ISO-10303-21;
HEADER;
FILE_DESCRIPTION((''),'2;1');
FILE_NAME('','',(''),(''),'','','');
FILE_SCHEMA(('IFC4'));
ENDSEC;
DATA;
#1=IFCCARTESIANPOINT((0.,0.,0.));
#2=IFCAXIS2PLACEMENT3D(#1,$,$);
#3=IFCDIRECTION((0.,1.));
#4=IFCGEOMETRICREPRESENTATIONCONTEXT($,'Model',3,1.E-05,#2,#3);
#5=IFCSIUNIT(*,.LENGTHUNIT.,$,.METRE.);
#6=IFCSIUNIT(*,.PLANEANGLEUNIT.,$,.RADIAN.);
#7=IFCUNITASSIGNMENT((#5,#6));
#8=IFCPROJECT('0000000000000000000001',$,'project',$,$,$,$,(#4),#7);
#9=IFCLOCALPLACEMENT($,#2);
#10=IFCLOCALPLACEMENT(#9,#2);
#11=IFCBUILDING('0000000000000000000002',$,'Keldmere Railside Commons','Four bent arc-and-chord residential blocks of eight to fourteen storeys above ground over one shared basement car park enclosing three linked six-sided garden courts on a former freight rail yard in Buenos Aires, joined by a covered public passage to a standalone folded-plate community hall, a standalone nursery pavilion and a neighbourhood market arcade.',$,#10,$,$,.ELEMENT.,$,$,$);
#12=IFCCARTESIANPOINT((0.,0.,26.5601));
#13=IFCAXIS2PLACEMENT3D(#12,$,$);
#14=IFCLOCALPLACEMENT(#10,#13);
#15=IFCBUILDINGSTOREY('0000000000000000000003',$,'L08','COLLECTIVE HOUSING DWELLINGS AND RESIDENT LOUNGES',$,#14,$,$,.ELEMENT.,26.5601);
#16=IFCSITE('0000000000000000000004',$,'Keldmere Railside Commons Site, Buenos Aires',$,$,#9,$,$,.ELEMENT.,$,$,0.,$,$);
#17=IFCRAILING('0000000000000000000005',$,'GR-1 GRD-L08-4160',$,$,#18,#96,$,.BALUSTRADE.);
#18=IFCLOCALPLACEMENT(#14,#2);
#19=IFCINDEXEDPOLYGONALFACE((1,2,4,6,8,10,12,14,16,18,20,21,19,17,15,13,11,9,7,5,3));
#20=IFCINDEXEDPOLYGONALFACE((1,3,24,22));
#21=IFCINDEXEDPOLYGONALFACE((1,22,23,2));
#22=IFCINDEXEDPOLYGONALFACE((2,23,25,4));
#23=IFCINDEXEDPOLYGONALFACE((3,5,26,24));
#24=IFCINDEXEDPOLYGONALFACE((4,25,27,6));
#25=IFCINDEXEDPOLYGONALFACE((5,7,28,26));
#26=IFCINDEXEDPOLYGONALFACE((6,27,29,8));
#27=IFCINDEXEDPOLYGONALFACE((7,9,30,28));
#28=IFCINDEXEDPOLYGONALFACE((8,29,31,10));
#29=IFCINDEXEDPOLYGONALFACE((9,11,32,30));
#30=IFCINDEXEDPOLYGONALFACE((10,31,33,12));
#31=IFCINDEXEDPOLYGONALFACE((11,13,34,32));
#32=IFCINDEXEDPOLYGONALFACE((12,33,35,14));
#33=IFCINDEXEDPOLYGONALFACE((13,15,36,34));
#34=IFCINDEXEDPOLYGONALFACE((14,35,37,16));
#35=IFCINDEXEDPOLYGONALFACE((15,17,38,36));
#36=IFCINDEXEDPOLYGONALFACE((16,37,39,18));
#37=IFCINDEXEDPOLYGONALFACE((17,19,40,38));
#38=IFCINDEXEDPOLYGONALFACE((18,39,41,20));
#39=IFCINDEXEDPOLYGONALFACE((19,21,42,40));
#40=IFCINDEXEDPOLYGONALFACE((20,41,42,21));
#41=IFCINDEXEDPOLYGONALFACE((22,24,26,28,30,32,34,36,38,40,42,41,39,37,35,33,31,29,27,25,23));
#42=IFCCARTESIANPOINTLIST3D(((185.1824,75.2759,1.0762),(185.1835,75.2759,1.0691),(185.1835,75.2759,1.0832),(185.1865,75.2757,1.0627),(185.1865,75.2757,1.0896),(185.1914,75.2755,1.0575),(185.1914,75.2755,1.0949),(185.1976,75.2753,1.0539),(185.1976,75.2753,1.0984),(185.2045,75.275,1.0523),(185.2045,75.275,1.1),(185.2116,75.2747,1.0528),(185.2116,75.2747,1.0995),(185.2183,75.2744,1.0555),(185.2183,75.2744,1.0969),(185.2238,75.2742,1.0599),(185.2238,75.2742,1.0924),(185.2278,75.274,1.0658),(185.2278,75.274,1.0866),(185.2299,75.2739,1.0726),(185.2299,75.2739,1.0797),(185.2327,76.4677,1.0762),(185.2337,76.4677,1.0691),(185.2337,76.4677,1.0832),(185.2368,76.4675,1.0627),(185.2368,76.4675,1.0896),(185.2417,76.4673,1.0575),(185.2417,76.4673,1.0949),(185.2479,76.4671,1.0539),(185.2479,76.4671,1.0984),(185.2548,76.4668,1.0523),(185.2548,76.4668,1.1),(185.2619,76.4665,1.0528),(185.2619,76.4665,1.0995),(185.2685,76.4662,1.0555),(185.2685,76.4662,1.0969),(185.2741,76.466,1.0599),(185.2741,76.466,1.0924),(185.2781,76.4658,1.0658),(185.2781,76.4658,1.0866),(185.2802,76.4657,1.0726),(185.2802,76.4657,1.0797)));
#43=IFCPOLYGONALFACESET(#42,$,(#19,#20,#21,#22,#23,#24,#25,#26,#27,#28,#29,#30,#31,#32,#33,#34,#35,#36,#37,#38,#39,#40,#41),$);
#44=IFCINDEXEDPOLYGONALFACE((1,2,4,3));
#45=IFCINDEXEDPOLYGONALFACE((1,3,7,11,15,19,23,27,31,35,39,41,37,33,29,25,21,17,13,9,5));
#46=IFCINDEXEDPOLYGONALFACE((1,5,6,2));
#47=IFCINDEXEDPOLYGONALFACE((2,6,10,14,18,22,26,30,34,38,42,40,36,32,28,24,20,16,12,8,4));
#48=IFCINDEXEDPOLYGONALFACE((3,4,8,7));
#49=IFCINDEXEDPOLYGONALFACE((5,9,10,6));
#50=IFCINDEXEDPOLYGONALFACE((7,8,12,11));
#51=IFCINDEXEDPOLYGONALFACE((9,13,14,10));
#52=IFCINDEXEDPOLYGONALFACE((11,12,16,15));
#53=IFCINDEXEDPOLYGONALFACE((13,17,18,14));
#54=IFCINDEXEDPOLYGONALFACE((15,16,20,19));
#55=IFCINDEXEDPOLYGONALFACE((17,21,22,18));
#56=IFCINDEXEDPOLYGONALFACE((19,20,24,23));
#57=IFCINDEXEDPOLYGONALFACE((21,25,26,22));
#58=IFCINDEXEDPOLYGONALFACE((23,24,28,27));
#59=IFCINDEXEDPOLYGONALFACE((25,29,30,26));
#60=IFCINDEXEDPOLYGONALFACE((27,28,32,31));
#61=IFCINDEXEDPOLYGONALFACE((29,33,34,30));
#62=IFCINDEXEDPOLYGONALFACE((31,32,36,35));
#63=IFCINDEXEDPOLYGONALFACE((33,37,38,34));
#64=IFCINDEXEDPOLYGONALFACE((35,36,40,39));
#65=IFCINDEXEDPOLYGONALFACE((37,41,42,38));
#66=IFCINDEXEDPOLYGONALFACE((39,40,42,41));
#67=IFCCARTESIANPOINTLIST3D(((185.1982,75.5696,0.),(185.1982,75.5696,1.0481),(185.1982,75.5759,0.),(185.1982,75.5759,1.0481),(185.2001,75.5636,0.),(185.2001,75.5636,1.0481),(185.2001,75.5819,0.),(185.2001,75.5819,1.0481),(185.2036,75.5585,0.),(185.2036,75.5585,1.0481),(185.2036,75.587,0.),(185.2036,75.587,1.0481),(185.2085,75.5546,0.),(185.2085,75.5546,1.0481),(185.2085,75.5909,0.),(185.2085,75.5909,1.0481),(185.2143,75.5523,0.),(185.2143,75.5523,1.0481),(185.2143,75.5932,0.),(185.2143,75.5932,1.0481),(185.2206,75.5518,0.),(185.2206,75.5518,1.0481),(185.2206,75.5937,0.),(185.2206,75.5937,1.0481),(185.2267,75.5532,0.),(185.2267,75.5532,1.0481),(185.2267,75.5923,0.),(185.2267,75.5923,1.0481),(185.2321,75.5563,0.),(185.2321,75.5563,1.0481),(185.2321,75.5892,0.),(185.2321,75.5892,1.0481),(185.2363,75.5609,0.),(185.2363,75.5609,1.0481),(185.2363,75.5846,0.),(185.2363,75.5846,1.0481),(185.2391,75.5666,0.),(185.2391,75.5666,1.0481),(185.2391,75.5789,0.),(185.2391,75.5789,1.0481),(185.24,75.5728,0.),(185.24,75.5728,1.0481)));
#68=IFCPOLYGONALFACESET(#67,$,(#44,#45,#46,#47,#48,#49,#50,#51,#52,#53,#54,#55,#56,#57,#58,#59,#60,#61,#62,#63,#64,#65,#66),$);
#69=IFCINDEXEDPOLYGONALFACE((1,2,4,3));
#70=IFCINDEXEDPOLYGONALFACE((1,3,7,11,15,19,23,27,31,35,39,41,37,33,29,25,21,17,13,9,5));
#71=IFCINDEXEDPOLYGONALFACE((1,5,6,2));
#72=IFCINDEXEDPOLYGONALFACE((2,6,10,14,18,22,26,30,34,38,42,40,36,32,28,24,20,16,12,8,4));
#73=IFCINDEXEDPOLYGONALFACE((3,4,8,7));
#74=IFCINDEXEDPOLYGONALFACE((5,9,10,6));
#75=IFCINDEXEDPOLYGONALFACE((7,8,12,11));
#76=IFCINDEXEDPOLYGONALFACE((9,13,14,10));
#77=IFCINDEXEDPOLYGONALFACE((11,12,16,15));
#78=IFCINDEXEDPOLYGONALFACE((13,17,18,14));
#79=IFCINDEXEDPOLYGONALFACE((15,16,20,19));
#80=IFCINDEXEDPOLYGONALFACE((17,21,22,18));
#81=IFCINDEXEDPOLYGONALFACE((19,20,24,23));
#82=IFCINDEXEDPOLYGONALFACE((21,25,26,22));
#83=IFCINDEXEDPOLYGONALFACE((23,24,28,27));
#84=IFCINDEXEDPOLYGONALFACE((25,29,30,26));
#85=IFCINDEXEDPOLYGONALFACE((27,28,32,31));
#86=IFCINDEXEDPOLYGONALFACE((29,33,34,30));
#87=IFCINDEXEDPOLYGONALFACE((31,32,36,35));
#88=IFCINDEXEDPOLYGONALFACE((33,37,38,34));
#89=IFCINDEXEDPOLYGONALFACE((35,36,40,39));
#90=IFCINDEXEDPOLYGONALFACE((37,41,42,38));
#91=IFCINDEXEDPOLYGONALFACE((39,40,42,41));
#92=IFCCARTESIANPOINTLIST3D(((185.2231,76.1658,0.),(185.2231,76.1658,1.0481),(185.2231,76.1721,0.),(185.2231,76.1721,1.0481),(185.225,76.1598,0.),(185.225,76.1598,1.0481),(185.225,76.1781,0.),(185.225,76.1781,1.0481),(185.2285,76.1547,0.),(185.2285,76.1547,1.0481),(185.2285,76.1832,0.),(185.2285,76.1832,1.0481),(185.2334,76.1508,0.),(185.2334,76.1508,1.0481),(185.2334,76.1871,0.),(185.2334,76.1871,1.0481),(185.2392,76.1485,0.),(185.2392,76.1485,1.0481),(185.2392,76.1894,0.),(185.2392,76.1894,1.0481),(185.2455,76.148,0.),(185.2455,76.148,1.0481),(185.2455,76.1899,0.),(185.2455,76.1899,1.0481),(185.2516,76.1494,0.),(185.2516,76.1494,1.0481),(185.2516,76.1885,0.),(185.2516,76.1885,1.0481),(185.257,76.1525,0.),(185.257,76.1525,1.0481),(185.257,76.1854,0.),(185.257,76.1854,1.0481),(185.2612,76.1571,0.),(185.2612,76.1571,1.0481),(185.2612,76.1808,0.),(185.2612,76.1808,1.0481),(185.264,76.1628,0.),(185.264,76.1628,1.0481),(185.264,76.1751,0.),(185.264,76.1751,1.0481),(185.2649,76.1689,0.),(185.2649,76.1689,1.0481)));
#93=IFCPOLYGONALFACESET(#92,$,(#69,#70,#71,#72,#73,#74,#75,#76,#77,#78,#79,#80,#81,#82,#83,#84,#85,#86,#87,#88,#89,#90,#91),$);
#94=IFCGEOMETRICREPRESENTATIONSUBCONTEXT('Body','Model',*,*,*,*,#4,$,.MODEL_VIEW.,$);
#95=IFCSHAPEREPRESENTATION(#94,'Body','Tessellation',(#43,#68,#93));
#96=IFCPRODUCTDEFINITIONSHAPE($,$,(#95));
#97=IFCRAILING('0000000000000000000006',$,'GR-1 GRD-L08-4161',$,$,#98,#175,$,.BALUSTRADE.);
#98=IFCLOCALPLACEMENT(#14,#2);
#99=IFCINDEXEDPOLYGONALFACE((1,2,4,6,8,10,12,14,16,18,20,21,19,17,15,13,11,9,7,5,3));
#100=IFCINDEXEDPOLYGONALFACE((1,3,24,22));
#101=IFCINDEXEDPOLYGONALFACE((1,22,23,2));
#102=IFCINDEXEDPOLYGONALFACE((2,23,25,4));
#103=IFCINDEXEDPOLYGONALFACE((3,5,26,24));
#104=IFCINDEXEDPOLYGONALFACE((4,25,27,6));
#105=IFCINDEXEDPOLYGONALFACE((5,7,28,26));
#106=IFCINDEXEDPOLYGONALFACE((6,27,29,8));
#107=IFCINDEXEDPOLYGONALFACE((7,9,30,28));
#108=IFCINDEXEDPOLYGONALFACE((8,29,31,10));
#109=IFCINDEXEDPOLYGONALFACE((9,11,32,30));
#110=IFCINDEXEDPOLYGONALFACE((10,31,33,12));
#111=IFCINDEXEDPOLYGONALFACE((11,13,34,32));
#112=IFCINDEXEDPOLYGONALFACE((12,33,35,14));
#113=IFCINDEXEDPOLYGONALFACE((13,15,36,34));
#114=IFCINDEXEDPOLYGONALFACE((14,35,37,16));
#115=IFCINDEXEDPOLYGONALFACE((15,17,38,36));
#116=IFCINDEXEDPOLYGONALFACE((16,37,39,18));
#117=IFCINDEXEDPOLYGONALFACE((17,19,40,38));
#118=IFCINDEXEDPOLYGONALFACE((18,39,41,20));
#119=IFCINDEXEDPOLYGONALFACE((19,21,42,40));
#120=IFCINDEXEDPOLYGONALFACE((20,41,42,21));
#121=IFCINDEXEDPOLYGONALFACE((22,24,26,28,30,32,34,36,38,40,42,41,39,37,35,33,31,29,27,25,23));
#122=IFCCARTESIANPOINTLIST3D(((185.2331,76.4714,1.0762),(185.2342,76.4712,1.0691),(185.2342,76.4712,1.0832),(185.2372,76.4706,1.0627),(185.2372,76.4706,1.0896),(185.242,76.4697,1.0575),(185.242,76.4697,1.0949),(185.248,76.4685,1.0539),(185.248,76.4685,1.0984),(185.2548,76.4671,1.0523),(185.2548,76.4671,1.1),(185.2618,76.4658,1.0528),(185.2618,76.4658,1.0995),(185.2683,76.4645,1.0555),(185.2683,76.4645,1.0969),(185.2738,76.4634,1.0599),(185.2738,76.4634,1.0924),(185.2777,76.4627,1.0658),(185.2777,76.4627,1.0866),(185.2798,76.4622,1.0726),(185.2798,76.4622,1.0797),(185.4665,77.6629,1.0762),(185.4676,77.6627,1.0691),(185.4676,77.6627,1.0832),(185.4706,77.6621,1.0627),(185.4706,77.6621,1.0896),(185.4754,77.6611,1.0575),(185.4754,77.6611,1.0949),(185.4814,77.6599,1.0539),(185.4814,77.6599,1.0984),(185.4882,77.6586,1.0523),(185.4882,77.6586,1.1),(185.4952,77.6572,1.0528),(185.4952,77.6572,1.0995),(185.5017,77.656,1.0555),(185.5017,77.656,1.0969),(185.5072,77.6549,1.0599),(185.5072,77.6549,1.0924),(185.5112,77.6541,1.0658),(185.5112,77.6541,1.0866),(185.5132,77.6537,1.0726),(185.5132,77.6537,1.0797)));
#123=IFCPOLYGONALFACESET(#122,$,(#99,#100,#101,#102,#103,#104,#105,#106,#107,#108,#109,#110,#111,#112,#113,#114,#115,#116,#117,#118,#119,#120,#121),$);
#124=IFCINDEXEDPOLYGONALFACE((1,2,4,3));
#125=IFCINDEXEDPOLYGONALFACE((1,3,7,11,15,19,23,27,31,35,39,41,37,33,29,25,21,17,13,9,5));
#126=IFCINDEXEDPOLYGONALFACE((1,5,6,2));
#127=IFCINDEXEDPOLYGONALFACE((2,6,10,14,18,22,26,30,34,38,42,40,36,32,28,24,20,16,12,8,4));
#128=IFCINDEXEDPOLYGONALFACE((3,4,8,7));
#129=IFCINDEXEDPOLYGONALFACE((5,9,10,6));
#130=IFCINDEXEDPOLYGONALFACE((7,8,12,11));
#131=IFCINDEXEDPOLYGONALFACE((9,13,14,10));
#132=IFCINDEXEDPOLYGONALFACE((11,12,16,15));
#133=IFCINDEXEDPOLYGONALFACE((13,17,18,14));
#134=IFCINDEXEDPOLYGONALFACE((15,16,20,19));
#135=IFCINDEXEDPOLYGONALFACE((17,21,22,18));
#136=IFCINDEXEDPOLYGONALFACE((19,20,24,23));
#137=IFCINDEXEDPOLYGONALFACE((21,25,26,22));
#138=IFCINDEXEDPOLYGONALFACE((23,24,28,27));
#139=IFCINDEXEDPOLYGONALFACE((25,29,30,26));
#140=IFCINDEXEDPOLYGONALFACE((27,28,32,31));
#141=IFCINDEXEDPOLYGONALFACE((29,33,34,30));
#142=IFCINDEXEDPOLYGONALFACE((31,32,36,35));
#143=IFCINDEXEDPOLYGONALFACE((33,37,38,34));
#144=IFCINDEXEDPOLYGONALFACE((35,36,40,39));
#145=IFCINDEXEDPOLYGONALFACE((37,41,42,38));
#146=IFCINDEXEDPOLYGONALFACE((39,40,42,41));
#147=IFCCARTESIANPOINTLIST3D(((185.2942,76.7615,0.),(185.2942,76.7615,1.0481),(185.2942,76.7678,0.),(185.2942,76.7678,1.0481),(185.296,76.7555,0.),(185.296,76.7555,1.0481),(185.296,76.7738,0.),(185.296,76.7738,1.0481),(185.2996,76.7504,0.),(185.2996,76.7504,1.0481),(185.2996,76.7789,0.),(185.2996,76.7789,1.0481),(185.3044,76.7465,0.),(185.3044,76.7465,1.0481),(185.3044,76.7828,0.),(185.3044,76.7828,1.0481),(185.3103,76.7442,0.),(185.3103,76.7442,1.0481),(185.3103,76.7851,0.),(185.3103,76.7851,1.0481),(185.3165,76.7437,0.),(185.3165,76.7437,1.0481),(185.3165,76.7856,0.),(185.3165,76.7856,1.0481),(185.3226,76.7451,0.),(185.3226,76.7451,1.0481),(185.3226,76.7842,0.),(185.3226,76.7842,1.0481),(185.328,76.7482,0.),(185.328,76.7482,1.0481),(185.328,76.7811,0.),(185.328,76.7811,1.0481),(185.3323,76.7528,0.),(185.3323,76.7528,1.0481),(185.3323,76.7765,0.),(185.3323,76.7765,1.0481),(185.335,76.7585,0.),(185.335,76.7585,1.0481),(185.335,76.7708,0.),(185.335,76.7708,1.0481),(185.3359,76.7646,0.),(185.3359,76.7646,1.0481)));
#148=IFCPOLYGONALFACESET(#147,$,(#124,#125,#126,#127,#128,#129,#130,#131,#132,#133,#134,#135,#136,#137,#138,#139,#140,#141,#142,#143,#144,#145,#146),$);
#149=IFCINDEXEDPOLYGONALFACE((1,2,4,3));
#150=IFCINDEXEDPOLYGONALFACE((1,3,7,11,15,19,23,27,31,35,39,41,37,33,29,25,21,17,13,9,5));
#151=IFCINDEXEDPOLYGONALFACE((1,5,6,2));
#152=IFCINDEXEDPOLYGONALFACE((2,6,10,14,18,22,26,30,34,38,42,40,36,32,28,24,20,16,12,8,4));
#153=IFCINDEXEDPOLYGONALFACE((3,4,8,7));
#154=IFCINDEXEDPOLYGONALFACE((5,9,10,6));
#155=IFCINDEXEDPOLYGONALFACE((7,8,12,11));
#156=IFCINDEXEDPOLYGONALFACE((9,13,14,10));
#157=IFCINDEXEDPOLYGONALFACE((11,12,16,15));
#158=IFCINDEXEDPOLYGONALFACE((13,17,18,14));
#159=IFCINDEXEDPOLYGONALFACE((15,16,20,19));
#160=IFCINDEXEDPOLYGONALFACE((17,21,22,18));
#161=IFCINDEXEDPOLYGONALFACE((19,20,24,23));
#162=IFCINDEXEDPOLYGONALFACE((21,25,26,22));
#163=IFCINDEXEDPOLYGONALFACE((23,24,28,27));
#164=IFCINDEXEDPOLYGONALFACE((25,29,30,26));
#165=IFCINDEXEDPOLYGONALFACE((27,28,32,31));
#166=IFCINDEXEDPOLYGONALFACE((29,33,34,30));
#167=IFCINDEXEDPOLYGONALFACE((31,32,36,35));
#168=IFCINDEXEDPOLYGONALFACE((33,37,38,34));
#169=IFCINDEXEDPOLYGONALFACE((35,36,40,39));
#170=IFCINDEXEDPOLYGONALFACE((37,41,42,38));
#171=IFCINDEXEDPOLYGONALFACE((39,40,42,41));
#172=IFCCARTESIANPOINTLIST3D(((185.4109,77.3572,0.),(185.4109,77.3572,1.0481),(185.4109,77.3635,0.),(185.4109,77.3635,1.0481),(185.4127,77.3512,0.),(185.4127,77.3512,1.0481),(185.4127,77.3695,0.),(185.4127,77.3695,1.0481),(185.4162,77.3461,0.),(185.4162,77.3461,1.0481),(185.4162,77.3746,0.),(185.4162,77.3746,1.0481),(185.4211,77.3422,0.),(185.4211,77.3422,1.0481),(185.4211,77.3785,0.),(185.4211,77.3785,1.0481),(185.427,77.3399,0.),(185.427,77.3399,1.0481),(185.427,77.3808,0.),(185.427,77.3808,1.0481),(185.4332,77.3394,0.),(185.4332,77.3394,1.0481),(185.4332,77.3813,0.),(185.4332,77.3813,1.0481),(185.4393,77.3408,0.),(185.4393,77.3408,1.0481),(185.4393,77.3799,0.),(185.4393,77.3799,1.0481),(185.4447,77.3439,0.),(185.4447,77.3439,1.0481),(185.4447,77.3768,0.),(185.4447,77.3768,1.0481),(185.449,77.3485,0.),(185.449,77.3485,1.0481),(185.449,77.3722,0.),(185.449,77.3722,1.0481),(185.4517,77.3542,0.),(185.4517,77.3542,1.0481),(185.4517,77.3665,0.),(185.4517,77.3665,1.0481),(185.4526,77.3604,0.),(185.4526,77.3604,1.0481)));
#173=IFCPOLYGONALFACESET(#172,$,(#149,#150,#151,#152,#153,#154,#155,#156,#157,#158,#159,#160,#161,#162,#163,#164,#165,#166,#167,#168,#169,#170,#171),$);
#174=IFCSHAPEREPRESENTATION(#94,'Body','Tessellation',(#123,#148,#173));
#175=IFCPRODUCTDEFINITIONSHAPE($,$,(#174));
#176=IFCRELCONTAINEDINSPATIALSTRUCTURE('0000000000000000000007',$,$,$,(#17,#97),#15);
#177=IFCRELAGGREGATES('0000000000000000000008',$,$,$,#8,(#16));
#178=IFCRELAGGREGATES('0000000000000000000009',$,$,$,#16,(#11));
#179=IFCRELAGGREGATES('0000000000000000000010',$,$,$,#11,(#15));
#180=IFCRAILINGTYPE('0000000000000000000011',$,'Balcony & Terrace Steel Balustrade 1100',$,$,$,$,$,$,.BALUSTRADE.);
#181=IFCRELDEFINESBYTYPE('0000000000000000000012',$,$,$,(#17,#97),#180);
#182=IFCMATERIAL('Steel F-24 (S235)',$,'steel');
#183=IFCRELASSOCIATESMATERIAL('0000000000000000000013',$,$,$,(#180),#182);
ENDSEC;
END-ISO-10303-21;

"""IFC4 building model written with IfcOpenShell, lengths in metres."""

from ifc_helpers import new_model, si_unit, direction, frame, origin, origin_2d, place, context, subcontext, project, spatial, circle, extrude, material, type_object, element, save


model = new_model("IFC4")

# Units and contexts
model_context = context("Model", 3, precision=1e-05, world=origin(), true_north=direction((0.0, 1.0)))
body_context = subcontext(model_context, "Body", "Model", "MODEL_VIEW")
ifc_project = project(units=[si_unit("LENGTHUNIT", "METRE"), si_unit("PLANEANGLEUNIT", "RADIAN")], contexts=[model_context])

# Site, building, storey
site_placement = place(None, origin())
site = spatial("IfcSite", under=ifc_project, at=site_placement, Name="Keldmere Railside Commons Site, Buenos Aires", CompositionType="ELEMENT", RefElevation=0.0)
building_placement = place(site_placement, origin())
building = spatial("IfcBuilding", under=site, at=building_placement, Name="Keldmere Railside Commons", Description="Four bent arc-and-chord residential blocks of eight to fourteen storeys above ground over one shared basement car park enclosing three linked six-sided garden courts on a former freight rail yard in Buenos Aires, joined by a covered public passage to a standalone folded-plate community hall, a standalone nursery pavilion and a neighbourhood market arcade.", CompositionType="ELEMENT")
storey_placement = place(building_placement, frame((0.0, 0.0, 26.5601)))
storey = spatial("IfcBuildingStorey", under=building, at=storey_placement, Name="L08", Description="COLLECTIVE HOUSING DWELLINGS AND RESIDENT LOUNGES", CompositionType="ELEMENT", Elevation=26.5601)

# Shared definitions
ifc_material_1 = material(Name="Steel F-24 (S235)", Category="steel")

# Railings
railing_type_1 = type_object("IfcRailingType", Name="Balcony & Terrace Steel Balustrade 1100", PredefinedType="BALUSTRADE", material=ifc_material_1)
railing_1_placement = place(storey_placement, frame((185.2063, 75.2749, 0.0)))
element("IfcRailing", 1, at=railing_1_placement, inside=storey, type_object=railing_type_1, Name="GR-1 GRD-L08-4160", PredefinedType="BALUSTRADE", context=body_context, shape_type="SweptSolid", body=[
    extrude(circle(Radius=0.0239, at=origin_2d()), frame((0.0, 0.0, 1.0762), z_axis=(0.042158, 0.999111, 0.0), x_axis=(-0.999111, 0.042158, 0.0)), (0.0, 0.0, 1.0), 1.1929),
    extrude(circle(Radius=0.021, at=origin_2d()), frame((0.0127, 0.2979, 0.0)), (0.0, 0.0, 1.0), 1.0481),
    extrude(circle(Radius=0.021, at=origin_2d()), frame((0.0376, 0.894, 0.0)), (0.0, 0.0, 1.0), 1.0481),
])
railing_2_placement = place(storey_placement, frame((185.2566, 76.4668, 0.0)))
element("IfcRailing", 2, at=railing_2_placement, inside=storey, type_object=railing_type_1, Name="GR-1 GRD-L08-4161", PredefinedType="BALUSTRADE", context=body_context, shape_type="SweptSolid", body=[
    extrude(circle(Radius=0.0239, at=origin_2d()), frame((0.0, 0.0, 1.0762), z_axis=(0.192247, 0.981346, 0.0), x_axis=(-0.981346, 0.192247, 0.0)), (0.0, 0.0, 1.0), 1.2141),
    extrude(circle(Radius=0.021, at=origin_2d()), frame((0.0583, 0.2979, 0.0)), (0.0, 0.0, 1.0), 1.0481),
    extrude(circle(Radius=0.021, at=origin_2d()), frame((0.175, 0.8936, 0.0)), (0.0, 0.0, 1.0), 1.0481),
])

save(model, "model.ifc")
